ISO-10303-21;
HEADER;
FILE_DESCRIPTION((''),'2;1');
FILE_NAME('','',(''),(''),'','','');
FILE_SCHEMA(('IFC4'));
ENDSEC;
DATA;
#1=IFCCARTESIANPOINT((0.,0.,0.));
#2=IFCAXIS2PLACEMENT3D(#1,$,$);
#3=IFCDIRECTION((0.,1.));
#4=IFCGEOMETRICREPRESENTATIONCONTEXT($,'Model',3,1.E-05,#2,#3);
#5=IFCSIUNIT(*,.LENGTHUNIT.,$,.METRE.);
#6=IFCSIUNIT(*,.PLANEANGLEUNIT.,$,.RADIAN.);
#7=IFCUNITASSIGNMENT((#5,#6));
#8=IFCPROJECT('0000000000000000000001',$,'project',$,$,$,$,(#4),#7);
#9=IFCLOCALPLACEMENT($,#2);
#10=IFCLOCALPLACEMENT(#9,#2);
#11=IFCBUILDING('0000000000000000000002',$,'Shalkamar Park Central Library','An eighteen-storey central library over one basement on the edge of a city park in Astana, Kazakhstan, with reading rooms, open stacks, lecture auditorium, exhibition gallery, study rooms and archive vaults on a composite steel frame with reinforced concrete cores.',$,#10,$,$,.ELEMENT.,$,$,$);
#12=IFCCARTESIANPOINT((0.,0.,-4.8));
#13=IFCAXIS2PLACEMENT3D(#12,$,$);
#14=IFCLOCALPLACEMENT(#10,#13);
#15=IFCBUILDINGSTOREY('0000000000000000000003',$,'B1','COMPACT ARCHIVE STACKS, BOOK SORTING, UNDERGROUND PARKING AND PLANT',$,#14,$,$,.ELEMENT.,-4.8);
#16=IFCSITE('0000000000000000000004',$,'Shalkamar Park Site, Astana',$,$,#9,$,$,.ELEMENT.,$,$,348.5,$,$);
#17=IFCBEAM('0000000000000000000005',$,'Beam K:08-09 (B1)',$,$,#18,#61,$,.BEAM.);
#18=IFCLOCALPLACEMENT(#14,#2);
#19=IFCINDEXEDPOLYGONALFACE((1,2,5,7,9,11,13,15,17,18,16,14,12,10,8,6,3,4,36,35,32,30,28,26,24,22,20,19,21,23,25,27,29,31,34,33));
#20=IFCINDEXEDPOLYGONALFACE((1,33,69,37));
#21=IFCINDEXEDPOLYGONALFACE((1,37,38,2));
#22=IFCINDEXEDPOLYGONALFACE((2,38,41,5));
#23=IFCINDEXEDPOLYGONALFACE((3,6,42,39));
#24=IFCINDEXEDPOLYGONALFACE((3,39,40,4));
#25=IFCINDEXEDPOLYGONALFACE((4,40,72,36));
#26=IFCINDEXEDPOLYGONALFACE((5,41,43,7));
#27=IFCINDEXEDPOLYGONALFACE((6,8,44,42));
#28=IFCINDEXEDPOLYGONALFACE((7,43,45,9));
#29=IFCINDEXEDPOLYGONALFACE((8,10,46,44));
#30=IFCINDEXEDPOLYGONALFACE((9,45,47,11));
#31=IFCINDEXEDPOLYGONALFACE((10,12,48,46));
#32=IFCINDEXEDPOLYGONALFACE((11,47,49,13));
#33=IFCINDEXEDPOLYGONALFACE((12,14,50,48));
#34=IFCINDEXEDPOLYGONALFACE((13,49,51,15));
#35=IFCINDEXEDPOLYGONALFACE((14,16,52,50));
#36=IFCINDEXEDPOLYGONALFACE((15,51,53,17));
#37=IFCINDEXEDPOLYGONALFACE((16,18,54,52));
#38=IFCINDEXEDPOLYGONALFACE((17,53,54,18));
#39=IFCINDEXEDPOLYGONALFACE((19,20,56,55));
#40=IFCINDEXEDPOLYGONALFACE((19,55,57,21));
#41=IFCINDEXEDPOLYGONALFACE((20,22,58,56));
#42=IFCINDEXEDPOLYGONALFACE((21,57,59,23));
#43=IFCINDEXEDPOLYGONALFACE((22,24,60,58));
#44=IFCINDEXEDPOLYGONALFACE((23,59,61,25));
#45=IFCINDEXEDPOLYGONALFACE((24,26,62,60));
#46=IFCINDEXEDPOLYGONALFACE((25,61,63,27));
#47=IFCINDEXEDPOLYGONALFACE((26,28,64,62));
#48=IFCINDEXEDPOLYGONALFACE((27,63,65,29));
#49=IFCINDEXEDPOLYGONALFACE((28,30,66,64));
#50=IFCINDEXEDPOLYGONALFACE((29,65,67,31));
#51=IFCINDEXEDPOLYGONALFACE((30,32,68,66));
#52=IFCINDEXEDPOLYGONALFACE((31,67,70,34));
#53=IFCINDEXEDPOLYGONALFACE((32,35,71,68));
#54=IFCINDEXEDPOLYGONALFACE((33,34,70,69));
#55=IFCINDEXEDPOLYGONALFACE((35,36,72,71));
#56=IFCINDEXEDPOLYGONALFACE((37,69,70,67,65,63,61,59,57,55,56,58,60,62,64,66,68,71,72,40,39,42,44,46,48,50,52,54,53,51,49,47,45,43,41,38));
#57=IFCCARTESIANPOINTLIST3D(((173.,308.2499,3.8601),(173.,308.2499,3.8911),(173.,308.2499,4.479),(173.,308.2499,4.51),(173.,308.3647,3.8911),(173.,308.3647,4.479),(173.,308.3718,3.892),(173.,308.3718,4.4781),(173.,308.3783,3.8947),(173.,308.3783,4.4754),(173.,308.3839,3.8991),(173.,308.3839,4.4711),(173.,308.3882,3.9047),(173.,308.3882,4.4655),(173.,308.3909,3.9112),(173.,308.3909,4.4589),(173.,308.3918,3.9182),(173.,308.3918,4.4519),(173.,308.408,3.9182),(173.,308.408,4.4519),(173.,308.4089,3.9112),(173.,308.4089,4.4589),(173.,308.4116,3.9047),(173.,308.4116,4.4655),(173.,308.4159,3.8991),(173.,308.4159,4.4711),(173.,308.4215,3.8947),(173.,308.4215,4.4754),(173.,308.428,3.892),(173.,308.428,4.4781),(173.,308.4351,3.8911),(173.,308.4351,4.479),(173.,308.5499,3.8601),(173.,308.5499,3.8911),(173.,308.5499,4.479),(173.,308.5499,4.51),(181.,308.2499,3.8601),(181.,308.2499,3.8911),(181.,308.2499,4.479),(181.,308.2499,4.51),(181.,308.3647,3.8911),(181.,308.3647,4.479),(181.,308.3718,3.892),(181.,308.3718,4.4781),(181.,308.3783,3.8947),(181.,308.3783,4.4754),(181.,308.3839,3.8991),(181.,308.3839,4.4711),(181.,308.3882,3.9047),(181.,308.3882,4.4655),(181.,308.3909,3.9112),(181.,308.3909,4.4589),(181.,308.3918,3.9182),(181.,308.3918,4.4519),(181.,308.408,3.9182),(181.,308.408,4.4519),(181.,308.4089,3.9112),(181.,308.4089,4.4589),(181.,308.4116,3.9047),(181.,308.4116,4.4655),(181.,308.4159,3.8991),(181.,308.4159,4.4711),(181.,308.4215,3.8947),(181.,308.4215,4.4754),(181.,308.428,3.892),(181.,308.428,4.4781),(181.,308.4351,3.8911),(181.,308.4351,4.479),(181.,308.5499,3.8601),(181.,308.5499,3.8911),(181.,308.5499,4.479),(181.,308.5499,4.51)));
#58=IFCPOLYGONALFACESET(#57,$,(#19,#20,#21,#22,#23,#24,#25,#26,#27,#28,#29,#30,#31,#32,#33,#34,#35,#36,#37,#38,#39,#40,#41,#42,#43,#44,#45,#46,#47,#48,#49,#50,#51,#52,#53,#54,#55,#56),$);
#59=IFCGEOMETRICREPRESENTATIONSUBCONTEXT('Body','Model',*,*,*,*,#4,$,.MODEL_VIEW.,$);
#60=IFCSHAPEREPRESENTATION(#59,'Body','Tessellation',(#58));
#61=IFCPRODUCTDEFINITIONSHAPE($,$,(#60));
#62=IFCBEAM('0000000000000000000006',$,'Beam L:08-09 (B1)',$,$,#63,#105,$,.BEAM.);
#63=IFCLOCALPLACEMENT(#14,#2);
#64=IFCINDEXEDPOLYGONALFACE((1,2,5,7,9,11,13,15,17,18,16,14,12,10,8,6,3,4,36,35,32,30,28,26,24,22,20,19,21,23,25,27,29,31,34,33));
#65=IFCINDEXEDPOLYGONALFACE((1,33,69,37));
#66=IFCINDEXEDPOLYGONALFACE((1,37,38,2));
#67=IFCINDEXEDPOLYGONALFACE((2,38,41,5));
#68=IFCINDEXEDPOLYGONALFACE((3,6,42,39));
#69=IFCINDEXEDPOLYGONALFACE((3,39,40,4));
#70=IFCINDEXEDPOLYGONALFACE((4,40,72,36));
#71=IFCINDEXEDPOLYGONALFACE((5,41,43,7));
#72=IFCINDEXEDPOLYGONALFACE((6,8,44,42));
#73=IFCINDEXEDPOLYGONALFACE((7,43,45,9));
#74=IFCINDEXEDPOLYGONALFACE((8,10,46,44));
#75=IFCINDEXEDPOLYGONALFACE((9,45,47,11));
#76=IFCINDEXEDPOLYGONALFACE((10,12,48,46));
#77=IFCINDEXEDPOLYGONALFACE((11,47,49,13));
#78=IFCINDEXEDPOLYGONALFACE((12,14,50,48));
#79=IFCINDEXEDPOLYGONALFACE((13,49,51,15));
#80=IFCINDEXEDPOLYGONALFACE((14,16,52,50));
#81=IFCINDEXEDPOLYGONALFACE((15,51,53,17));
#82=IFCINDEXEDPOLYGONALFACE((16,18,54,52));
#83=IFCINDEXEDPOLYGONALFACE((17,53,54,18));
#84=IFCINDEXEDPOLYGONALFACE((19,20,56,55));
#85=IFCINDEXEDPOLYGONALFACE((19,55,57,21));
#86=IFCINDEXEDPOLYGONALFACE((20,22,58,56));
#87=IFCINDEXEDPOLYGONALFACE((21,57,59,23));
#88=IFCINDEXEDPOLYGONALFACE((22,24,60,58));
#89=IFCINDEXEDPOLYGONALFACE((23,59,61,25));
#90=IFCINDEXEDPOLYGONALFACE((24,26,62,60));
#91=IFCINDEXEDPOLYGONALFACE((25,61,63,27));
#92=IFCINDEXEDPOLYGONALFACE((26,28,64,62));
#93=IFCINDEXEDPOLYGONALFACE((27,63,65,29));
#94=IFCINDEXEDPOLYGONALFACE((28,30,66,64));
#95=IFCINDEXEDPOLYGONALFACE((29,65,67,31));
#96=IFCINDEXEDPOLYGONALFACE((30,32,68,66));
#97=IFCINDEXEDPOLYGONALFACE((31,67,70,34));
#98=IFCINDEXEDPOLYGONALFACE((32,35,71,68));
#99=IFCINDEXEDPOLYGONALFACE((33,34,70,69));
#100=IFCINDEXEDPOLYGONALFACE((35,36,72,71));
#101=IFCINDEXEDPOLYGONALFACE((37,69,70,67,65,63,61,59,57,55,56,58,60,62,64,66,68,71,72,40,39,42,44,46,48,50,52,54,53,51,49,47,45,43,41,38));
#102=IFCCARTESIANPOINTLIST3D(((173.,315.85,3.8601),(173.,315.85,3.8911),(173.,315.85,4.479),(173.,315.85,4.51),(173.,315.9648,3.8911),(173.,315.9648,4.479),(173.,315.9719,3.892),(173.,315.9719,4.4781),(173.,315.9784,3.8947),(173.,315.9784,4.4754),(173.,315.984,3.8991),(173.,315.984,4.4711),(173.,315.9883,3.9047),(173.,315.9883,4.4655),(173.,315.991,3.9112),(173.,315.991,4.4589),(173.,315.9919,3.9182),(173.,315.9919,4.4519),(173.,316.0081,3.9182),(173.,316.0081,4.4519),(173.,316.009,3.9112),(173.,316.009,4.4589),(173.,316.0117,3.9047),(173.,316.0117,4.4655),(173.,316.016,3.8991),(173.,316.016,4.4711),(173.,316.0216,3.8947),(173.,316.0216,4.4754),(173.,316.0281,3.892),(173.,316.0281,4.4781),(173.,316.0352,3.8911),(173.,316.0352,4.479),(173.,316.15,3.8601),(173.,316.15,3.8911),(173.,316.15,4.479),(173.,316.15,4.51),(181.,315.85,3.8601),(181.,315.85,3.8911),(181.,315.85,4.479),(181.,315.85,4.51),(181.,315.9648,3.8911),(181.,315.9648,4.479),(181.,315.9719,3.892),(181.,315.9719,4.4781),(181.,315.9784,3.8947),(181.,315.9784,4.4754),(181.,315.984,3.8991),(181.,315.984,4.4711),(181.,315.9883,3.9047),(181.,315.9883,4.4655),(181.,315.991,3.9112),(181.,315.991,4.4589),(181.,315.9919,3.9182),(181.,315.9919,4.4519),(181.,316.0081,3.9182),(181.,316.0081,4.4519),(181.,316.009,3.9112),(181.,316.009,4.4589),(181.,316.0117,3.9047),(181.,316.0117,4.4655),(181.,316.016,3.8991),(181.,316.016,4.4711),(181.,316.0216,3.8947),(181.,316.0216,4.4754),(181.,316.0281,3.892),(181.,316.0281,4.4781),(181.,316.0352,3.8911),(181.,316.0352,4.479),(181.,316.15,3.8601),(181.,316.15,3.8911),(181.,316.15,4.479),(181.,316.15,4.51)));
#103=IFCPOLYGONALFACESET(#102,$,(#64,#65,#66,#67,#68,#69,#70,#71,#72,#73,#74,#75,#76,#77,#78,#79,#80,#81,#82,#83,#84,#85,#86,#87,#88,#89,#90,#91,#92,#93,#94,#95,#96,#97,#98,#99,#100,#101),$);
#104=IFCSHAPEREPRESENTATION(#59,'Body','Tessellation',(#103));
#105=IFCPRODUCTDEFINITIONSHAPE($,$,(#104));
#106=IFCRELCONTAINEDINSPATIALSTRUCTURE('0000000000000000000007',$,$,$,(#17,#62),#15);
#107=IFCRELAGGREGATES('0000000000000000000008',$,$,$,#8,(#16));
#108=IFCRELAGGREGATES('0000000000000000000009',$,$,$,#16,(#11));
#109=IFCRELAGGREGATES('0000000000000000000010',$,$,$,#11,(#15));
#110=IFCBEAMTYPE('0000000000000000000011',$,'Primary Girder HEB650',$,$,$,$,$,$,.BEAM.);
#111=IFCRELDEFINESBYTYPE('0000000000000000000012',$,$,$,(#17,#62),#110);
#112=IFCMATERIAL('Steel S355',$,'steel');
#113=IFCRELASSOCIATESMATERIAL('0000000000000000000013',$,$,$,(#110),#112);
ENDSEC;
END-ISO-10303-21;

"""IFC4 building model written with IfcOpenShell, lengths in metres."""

from ifc_helpers import new_model, si_unit, direction, frame, origin, origin_2d, place, context, subcontext, project, spatial, i_section, extrude, material, material_profile, profile_set, type_object, element, save


model = new_model("IFC4")

# Units and contexts
model_context = context("Model", 3, precision=1e-05, world=origin(), true_north=direction((0.0, 1.0)))
body_context = subcontext(model_context, "Body", "Model", "MODEL_VIEW")
ifc_project = project(units=[si_unit("LENGTHUNIT", "METRE"), si_unit("PLANEANGLEUNIT", "RADIAN")], contexts=[model_context])

# Site, building, storey
site_placement = place(None, origin())
site = spatial("IfcSite", under=ifc_project, at=site_placement, Name="Shalkamar Park Site, Astana", CompositionType="ELEMENT", RefElevation=348.5)
building_placement = place(site_placement, origin())
building = spatial("IfcBuilding", under=site, at=building_placement, Name="Shalkamar Park Central Library", Description="An eighteen-storey central library over one basement on the edge of a city park in Astana, Kazakhstan, with reading rooms, open stacks, lecture auditorium, exhibition gallery, study rooms and archive vaults on a composite steel frame with reinforced concrete cores.", CompositionType="ELEMENT")
storey_placement = place(building_placement, frame((0.0, 0.0, -4.8)))
storey = spatial("IfcBuildingStorey", under=building, at=storey_placement, Name="B1", Description="COMPACT ARCHIVE STACKS, BOOK SORTING, UNDERGROUND PARKING AND PLANT", CompositionType="ELEMENT", Elevation=-4.8)

# Shared definitions
ifc_material_1 = material(Name="Steel S355", Category="steel")

# Beams
ifc_material_profile_1 = material_profile(ifc_material_1, i_section(OverallWidth=0.3, OverallDepth=0.6499, WebThickness=0.0161, FlangeThickness=0.031, FilletRadius=0.0271, at=origin_2d()), Name="HEB 650")
ifc_profile_set_1 = profile_set([ifc_material_profile_1], Name="Steel S355")
beam_type_1 = type_object("IfcBeamType", Name="Primary Girder HEB650", PredefinedType="BEAM", material=ifc_profile_set_1)
for number, where, z_axis, x_axis, name in (
    (1, (173.0, 308.3999, 4.1851), (1.0, 0.0, 0.0), (0.0, 1.0, 0.0), "Beam K:08-09 (B1)"),
    (2, (173.0, 316.0, 4.1851), (1.0, 0.0, 0.0), (0.0, 1.0, 0.0), "Beam L:08-09 (B1)"),
):
    element("IfcBeam", number, at=place(storey_placement, frame(where, z_axis=z_axis, x_axis=x_axis)), inside=storey, type_object=beam_type_1, Name=name, PredefinedType="BEAM", context=body_context, shape_type="SweptSolid", body=[
        extrude(i_section(OverallWidth=0.3, OverallDepth=0.6499, WebThickness=0.0161, FlangeThickness=0.031, FilletRadius=0.0271, at=origin_2d()), origin(), (0.0, 0.0, 1.0), 8.0),
    ])

save(model, "model.ifc")
